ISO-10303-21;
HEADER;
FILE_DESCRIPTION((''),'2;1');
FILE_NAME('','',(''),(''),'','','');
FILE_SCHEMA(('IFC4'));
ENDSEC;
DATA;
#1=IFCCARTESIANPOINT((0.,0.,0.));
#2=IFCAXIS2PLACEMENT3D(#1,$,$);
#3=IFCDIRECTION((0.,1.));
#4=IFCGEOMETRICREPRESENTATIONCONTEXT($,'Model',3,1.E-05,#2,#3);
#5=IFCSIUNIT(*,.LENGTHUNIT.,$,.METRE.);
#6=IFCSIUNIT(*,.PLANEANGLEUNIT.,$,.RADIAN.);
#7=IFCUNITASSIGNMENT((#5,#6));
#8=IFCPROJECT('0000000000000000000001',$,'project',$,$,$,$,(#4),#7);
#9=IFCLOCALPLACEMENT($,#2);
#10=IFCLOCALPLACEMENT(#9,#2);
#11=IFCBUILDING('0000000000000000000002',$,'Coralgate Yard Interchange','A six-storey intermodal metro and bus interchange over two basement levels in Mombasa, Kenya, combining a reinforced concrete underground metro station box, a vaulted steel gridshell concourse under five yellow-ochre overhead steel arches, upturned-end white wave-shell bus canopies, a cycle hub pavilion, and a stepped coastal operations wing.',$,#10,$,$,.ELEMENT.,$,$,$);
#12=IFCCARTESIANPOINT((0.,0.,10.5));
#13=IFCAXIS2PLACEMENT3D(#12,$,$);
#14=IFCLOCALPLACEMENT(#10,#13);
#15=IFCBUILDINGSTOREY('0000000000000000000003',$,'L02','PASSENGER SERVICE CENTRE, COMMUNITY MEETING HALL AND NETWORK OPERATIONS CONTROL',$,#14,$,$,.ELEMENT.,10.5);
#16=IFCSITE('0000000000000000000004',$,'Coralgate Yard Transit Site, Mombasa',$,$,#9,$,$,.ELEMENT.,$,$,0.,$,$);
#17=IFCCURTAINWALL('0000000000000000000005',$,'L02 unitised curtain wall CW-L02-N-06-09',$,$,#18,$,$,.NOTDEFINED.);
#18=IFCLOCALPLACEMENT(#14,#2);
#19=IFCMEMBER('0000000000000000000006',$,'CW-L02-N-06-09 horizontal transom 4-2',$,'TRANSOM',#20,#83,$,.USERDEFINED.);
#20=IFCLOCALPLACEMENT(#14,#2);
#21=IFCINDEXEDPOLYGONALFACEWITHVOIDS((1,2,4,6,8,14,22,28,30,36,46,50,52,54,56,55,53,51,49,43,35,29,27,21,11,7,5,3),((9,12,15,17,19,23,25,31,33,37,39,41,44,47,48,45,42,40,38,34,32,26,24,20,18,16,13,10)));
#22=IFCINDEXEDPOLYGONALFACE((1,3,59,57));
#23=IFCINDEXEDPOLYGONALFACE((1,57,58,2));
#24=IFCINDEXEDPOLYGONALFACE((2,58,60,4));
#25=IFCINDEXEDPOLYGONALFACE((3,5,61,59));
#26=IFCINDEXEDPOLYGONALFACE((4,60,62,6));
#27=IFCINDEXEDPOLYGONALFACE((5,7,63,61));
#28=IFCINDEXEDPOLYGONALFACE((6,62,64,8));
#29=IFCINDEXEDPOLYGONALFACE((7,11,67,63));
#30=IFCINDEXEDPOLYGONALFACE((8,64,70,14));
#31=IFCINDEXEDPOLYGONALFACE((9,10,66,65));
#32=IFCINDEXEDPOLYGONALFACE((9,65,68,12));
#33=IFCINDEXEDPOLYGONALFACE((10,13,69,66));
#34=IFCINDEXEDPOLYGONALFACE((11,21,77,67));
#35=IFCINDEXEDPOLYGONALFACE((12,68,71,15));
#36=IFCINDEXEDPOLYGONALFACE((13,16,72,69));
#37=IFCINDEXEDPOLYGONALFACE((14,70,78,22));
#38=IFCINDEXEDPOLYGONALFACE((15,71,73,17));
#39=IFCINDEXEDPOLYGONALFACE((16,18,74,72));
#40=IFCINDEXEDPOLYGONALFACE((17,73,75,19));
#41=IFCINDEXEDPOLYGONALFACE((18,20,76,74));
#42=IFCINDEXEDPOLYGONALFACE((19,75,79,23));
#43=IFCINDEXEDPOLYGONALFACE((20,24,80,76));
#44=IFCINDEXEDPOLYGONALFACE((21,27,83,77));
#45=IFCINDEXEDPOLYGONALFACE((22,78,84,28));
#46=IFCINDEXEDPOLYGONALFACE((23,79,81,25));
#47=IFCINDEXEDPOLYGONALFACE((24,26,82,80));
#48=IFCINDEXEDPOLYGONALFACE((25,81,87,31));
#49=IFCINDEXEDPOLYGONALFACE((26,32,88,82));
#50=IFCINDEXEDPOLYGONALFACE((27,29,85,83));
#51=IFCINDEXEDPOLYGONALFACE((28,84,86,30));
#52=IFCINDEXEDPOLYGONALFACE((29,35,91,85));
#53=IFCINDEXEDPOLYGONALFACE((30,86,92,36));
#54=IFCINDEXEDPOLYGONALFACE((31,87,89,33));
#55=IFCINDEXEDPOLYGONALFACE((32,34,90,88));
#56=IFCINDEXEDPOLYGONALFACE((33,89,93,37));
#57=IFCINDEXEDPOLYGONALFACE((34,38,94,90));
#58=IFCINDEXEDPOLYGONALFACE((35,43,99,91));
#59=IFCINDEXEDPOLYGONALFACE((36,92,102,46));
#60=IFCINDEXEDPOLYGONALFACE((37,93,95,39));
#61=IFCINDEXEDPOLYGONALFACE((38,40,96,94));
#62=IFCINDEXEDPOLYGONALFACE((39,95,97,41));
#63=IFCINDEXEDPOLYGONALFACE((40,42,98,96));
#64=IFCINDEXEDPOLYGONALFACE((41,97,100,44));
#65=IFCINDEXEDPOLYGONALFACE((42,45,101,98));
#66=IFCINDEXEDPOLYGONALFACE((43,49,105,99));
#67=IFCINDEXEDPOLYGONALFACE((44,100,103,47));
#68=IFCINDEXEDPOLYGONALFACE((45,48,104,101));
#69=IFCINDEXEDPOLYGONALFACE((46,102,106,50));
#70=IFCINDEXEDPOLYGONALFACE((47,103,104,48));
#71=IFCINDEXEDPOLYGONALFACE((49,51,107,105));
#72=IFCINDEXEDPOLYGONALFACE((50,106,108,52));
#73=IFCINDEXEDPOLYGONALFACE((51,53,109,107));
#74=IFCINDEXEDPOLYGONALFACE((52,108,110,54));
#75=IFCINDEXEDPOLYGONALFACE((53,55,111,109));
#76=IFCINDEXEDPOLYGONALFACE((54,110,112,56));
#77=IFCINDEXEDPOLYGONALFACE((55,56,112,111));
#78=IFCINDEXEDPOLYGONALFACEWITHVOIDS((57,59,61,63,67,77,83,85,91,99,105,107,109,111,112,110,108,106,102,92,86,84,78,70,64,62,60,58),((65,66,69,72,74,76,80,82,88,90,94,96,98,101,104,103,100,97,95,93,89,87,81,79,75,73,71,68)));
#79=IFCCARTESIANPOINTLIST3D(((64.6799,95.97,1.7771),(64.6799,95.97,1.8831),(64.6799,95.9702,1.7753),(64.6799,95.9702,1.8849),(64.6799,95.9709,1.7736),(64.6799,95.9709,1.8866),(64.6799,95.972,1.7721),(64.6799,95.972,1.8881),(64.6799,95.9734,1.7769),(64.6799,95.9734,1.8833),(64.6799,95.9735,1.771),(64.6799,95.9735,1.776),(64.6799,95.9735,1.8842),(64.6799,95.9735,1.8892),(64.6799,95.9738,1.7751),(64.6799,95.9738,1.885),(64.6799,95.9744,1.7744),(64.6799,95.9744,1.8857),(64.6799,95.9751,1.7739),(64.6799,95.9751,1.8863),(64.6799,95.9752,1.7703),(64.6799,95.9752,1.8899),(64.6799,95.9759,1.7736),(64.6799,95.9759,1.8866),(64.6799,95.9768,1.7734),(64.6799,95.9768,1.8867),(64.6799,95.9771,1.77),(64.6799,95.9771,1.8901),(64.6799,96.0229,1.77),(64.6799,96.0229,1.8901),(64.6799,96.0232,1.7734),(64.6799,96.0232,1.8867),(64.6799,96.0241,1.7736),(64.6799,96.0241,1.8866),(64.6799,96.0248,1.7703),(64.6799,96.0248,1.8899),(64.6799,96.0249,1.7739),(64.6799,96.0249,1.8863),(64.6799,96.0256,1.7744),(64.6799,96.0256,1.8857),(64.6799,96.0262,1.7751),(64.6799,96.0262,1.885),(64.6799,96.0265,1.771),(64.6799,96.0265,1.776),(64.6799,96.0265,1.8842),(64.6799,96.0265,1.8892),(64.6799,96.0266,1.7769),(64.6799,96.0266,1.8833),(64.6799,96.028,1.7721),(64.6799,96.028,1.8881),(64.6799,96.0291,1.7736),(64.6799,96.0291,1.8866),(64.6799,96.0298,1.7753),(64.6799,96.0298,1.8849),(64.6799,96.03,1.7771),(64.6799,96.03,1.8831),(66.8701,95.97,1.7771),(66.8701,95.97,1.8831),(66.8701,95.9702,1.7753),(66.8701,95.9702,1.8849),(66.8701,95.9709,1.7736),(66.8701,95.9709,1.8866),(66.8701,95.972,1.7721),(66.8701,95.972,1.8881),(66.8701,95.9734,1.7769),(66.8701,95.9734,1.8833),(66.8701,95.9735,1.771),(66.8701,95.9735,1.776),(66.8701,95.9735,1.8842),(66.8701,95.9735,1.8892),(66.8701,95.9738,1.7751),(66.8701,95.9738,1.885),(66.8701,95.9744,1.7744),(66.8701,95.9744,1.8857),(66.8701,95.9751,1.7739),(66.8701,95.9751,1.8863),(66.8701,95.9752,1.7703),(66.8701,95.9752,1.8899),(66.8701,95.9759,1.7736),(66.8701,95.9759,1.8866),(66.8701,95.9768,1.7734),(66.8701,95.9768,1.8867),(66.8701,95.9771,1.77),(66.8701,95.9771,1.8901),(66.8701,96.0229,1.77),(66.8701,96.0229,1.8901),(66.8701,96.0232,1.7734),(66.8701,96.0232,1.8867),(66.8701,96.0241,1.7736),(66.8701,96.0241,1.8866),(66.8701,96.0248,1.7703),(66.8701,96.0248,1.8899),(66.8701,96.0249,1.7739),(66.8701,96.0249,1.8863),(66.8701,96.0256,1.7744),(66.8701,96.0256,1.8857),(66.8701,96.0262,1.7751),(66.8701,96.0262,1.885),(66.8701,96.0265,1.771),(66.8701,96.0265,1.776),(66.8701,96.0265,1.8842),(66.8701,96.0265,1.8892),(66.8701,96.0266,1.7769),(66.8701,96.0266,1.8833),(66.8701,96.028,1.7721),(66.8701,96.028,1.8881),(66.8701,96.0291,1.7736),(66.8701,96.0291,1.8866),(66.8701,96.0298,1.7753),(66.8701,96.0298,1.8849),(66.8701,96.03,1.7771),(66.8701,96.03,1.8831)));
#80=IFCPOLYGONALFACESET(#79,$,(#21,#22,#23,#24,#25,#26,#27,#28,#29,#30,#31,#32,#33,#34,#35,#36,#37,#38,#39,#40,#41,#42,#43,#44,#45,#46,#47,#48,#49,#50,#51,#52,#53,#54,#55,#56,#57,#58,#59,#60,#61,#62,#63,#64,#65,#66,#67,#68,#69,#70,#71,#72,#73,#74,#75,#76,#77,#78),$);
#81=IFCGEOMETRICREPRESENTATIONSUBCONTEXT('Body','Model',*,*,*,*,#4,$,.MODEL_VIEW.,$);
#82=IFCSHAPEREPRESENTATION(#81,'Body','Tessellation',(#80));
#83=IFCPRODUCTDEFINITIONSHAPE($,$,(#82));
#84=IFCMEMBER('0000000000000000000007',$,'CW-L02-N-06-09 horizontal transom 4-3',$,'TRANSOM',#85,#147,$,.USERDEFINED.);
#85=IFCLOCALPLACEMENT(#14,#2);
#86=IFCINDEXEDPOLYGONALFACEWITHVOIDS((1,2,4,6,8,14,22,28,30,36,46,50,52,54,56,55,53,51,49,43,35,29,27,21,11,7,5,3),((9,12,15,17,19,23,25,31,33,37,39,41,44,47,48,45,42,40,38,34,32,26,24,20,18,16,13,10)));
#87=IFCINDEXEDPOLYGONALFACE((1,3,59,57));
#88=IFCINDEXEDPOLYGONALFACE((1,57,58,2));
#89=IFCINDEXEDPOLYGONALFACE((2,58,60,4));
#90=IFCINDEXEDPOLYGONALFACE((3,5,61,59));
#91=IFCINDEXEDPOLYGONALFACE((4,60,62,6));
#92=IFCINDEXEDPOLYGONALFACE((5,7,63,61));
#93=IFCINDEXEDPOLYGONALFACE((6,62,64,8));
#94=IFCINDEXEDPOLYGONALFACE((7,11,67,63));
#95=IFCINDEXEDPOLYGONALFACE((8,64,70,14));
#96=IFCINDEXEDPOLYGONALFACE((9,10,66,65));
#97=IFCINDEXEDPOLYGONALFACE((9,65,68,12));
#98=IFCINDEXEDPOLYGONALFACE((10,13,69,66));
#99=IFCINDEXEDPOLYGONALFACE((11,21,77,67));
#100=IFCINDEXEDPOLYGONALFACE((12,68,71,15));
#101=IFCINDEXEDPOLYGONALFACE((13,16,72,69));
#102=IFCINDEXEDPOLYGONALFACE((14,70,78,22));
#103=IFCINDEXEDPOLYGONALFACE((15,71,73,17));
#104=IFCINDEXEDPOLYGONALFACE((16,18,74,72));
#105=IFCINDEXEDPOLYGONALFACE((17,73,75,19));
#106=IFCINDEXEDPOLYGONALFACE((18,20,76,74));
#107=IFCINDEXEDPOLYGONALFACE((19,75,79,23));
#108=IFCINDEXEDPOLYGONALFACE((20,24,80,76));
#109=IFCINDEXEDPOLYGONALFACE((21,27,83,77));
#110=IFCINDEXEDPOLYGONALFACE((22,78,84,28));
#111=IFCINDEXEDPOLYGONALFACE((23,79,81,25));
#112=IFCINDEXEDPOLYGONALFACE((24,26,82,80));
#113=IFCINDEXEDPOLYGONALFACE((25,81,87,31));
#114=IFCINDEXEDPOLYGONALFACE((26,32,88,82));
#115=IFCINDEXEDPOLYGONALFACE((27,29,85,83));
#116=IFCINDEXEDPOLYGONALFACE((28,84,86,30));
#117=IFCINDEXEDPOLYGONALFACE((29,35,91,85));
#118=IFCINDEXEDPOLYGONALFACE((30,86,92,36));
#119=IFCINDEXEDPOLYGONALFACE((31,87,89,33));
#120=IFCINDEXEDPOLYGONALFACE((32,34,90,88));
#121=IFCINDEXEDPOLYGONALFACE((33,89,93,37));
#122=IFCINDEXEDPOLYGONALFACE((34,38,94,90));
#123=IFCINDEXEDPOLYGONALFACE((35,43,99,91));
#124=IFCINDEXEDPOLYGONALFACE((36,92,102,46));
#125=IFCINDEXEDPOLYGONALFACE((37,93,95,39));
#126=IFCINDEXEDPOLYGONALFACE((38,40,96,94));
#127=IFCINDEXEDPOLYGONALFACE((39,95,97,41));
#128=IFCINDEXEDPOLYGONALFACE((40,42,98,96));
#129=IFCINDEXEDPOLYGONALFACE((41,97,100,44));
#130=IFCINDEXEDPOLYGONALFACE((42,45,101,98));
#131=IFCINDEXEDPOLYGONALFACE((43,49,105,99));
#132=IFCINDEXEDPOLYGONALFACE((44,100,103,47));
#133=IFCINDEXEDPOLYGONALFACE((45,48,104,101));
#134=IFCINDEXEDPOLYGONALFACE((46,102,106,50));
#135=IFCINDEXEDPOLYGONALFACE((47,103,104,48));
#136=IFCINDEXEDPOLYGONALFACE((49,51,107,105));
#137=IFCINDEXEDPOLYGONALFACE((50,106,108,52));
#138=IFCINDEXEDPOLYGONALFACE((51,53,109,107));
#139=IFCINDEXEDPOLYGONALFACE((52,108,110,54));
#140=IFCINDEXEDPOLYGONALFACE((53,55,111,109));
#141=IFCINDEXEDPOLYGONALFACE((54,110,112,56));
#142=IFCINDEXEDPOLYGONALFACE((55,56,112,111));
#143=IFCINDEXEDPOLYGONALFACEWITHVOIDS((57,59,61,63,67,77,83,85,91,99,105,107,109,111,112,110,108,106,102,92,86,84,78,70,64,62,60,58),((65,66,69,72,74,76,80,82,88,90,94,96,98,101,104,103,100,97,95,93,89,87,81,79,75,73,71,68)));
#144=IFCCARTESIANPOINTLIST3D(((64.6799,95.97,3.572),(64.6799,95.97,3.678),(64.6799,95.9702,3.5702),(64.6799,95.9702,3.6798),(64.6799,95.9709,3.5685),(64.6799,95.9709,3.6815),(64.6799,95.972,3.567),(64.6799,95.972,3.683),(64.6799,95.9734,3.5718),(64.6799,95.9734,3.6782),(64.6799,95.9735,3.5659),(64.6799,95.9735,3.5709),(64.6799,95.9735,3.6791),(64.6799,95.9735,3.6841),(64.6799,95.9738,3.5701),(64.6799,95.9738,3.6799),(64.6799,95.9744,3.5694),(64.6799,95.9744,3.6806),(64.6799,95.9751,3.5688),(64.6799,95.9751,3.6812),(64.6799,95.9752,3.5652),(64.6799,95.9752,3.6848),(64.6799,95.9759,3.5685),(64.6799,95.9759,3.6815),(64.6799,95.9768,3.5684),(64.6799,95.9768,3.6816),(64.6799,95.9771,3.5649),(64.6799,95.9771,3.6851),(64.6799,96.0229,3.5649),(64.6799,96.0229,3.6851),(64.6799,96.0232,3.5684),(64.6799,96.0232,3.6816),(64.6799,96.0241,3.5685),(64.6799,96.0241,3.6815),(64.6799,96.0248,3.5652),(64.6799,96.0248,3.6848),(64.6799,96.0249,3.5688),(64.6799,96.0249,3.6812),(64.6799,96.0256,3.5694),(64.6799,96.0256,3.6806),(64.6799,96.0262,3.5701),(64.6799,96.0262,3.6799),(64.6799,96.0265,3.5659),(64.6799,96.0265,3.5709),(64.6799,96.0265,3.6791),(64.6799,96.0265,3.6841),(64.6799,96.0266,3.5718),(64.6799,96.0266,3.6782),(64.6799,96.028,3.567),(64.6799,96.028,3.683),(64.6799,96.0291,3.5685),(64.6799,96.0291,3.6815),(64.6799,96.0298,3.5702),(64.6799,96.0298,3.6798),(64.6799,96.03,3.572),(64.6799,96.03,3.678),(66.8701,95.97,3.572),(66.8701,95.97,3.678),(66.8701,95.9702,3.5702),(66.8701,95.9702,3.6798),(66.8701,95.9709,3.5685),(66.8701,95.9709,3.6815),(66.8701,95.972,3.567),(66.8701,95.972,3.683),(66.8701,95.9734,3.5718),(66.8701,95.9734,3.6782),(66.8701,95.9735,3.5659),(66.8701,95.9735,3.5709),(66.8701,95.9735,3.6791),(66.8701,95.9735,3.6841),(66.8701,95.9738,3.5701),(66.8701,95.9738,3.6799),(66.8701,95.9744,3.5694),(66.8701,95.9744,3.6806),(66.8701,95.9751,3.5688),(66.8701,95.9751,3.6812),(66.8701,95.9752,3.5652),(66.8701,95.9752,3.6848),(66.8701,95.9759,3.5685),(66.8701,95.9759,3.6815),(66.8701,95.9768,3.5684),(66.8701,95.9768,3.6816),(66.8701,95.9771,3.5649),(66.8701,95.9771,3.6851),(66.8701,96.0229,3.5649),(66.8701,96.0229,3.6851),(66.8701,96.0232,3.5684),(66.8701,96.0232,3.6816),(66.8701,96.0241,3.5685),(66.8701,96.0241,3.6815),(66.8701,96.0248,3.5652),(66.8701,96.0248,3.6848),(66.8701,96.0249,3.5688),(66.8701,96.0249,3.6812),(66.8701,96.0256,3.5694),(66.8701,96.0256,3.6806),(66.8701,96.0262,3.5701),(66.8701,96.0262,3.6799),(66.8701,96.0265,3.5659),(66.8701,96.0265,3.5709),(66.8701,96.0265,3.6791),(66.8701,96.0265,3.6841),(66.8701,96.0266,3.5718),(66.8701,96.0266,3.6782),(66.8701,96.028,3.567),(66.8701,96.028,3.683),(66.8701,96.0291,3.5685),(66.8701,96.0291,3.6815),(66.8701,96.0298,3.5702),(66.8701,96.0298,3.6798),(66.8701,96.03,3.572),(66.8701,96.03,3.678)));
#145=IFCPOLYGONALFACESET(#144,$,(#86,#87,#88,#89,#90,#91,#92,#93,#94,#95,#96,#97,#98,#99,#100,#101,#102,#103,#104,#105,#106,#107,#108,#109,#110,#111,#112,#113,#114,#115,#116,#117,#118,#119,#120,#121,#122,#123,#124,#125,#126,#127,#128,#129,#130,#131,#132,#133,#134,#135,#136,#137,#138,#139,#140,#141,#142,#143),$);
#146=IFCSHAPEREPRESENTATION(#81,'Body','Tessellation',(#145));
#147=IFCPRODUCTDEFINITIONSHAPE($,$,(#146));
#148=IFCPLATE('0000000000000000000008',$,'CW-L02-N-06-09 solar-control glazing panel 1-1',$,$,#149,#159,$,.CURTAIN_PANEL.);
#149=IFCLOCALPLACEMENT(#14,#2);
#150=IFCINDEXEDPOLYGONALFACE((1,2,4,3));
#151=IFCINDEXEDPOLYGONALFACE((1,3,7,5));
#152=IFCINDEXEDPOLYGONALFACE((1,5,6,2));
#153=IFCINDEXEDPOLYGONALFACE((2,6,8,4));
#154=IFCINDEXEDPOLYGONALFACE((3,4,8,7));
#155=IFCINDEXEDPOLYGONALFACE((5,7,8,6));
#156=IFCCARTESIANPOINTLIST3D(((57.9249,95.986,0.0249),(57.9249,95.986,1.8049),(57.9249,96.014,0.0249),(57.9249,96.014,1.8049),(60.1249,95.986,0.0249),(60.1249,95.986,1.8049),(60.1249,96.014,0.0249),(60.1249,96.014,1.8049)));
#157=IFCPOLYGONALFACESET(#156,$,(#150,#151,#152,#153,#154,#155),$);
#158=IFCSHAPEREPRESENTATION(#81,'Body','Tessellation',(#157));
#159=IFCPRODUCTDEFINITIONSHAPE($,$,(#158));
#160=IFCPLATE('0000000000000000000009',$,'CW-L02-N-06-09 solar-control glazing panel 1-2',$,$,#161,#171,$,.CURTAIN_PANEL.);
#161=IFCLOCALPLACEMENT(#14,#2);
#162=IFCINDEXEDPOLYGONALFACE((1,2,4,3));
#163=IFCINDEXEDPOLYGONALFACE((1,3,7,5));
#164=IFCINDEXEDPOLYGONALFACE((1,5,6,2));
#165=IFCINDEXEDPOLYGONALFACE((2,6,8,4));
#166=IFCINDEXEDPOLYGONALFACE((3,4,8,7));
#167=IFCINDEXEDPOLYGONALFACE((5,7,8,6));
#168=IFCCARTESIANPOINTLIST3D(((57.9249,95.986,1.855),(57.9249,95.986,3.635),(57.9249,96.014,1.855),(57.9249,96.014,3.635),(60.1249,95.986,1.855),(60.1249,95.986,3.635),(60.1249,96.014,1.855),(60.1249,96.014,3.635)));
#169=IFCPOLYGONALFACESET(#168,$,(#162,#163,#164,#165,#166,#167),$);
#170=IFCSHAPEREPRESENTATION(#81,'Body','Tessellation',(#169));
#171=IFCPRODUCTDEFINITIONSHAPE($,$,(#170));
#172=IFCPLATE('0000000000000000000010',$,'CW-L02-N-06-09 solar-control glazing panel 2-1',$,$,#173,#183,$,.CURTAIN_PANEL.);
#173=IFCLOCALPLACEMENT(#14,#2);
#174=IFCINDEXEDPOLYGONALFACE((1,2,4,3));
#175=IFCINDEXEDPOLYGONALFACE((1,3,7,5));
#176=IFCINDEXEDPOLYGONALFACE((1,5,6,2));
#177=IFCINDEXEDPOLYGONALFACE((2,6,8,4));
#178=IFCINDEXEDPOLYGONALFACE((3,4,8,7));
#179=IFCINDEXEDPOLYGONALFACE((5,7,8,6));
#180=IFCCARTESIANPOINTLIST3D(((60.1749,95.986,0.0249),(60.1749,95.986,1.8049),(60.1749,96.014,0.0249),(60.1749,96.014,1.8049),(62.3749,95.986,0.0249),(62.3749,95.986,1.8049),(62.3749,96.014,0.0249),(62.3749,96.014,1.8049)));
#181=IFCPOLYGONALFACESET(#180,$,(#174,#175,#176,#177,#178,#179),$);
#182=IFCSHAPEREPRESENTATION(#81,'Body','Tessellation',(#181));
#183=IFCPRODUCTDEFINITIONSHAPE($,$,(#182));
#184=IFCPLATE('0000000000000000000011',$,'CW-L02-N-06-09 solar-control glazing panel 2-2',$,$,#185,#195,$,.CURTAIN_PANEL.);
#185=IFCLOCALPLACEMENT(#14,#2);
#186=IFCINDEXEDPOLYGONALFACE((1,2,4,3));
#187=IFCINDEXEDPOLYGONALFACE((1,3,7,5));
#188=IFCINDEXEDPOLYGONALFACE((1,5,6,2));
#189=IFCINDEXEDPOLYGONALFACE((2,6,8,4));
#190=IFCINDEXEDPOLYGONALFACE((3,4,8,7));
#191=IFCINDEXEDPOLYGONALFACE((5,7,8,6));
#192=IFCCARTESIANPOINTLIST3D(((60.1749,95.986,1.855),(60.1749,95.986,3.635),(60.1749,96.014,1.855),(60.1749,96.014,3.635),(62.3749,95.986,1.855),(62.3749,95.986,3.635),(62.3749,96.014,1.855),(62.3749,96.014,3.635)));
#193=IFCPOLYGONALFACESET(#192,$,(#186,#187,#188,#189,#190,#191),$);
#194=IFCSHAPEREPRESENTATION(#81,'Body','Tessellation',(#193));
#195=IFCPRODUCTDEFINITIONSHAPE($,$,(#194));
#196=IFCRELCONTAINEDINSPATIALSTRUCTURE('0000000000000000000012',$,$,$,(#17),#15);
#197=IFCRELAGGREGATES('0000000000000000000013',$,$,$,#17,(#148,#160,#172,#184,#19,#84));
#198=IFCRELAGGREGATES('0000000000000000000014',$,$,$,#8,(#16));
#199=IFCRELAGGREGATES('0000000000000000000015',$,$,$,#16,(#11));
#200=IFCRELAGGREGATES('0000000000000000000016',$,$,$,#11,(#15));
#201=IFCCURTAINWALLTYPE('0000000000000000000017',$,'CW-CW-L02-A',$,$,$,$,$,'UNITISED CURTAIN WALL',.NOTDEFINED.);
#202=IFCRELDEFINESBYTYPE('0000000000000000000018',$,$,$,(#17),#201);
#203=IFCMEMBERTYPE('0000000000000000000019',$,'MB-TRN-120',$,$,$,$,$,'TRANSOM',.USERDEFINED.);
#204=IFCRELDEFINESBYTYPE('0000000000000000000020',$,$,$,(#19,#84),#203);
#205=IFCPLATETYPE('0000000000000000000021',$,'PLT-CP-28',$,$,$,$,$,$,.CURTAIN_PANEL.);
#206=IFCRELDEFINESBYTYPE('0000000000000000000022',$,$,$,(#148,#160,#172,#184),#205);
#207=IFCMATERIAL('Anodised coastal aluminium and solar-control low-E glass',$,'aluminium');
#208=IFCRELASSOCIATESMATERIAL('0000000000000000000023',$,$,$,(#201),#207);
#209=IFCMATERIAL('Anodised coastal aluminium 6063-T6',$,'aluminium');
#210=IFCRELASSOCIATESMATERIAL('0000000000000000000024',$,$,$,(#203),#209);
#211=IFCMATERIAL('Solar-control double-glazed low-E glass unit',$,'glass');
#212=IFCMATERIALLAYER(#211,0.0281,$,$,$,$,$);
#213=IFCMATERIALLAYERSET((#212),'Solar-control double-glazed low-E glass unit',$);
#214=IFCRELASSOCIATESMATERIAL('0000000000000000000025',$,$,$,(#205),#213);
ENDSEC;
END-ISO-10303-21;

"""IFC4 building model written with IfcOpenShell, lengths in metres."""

from ifc_helpers import new_model, si_unit, direction, frame, origin, origin_2d, place, context, subcontext, project, spatial, rectangle, hollow_rectangle, extrude, material, layer, layer_set, material_profile, profile_set, type_object, element, aggregate, save


model = new_model("IFC4")

# Units and contexts
model_context = context("Model", 3, precision=1e-05, world=origin(), true_north=direction((0.0, 1.0)))
body_context = subcontext(model_context, "Body", "Model", "MODEL_VIEW")
ifc_project = project(units=[si_unit("LENGTHUNIT", "METRE"), si_unit("PLANEANGLEUNIT", "RADIAN")], contexts=[model_context])

# Site, building, storey
site_placement = place(None, origin())
site = spatial("IfcSite", under=ifc_project, at=site_placement, Name="Coralgate Yard Transit Site, Mombasa", CompositionType="ELEMENT", RefElevation=0.0)
building_placement = place(site_placement, origin())
building = spatial("IfcBuilding", under=site, at=building_placement, Name="Coralgate Yard Interchange", Description="A six-storey intermodal metro and bus interchange over two basement levels in Mombasa, Kenya, combining a reinforced concrete underground metro station box, a vaulted steel gridshell concourse under five yellow-ochre overhead steel arches, upturned-end white wave-shell bus canopies, a cycle hub pavilion, and a stepped coastal operations wing.", CompositionType="ELEMENT")
storey_placement = place(building_placement, frame((0.0, 0.0, 10.5)))
storey = spatial("IfcBuildingStorey", under=building, at=storey_placement, Name="L02", Description="PASSENGER SERVICE CENTRE, COMMUNITY MEETING HALL AND NETWORK OPERATIONS CONTROL", CompositionType="ELEMENT", Elevation=10.5)

# Curtain wall, members, plates
ifc_material_1 = material(Name="Anodised coastal aluminium and solar-control low-E glass", Category="aluminium")
curtain_wall_type = type_object("IfcCurtainWallType", Name="CW-CW-L02-A", ElementType="UNITISED CURTAIN WALL", PredefinedType="NOTDEFINED", material=ifc_material_1)
curtain_wall_placement = place(storey_placement, origin())
curtain_wall = element("IfcCurtainWall", 1, at=curtain_wall_placement, inside=storey, type_object=curtain_wall_type, Name="L02 unitised curtain wall CW-L02-N-06-09", PredefinedType="NOTDEFINED")
ifc_material_2 = material(Name="Anodised coastal aluminium 6063-T6", Category="aluminium")
ifc_material_profile_1 = material_profile(ifc_material_2, hollow_rectangle(XDim=0.0601, YDim=0.1201, WallThickness=0.0034, InnerFilletRadius=0.0034, OuterFilletRadius=0.0071, at=origin_2d()), Name="ALU 60x120x3.5")
ifc_profile_set_1 = profile_set([ifc_material_profile_1], Name="Anodised coastal aluminium 6063-T6")
member_type_1 = type_object("IfcMemberType", Name="MB-TRN-120", ElementType="TRANSOM", PredefinedType="USERDEFINED", material=ifc_profile_set_1)
member_1_placement = place(storey_placement, frame((64.6799, 96.0, 1.8301), z_axis=(1.0, 0.0, 0.0), x_axis=(0.0, 1.0, 0.0)))
member_1 = element("IfcMember", 2, at=member_1_placement, type_object=member_type_1, Name="CW-L02-N-06-09 horizontal transom 4-2", ObjectType="TRANSOM", PredefinedType="USERDEFINED", context=body_context, shape_type="SweptSolid", body=[
    extrude(hollow_rectangle(XDim=0.0601, YDim=0.1201, WallThickness=0.0034, InnerFilletRadius=0.0034, OuterFilletRadius=0.0071, at=origin_2d()), origin(), (0.0, 0.0, 1.0), 2.1902),
])
member_2_placement = place(storey_placement, frame((64.6799, 96.0, 3.625), z_axis=(1.0, 0.0, 0.0), x_axis=(0.0, 1.0, 0.0)))
member_2 = element("IfcMember", 3, at=member_2_placement, type_object=member_type_1, Name="CW-L02-N-06-09 horizontal transom 4-3", ObjectType="TRANSOM", PredefinedType="USERDEFINED", context=body_context, shape_type="SweptSolid", body=[
    extrude(hollow_rectangle(XDim=0.0601, YDim=0.1201, WallThickness=0.0034, InnerFilletRadius=0.0034, OuterFilletRadius=0.0071, at=origin_2d()), origin(), (0.0, 0.0, 1.0), 2.1902),
])
ifc_material_3 = material(Name="Solar-control double-glazed low-E glass unit", Category="glass")
ifc_layer_1 = layer(ifc_material_3, 0.0281)
ifc_layer_set_1 = layer_set([ifc_layer_1], Name="Solar-control double-glazed low-E glass unit")
plate_type = type_object("IfcPlateType", Name="PLT-CP-28", PredefinedType="CURTAIN_PANEL", material=ifc_layer_set_1)
plate_1_placement = place(storey_placement, frame((59.0249, 96.0, 0.0249), z_axis=(0.0, 0.0, 1.0), x_axis=(1.0, 0.0, 0.0)))
plate_1 = element("IfcPlate", 4, at=plate_1_placement, type_object=plate_type, Name="CW-L02-N-06-09 solar-control glazing panel 1-1", PredefinedType="CURTAIN_PANEL", context=body_context, shape_type="SweptSolid", body=[
    extrude(rectangle(XDim=2.2, YDim=0.0281, at=origin_2d()), origin(), (0.0, 0.0, 1.0), 1.78),
])
plate_2_placement = place(storey_placement, frame((59.0249, 96.0, 1.855), z_axis=(0.0, 0.0, 1.0), x_axis=(1.0, 0.0, 0.0)))
plate_2 = element("IfcPlate", 5, at=plate_2_placement, type_object=plate_type, Name="CW-L02-N-06-09 solar-control glazing panel 1-2", PredefinedType="CURTAIN_PANEL", context=body_context, shape_type="SweptSolid", body=[
    extrude(rectangle(XDim=2.2, YDim=0.0281, at=origin_2d()), origin(), (0.0, 0.0, 1.0), 1.78),
])
plate_3_placement = place(storey_placement, frame((61.2749, 96.0, 0.0249), z_axis=(0.0, 0.0, 1.0), x_axis=(1.0, 0.0, 0.0)))
plate_3 = element("IfcPlate", 6, at=plate_3_placement, type_object=plate_type, Name="CW-L02-N-06-09 solar-control glazing panel 2-1", PredefinedType="CURTAIN_PANEL", context=body_context, shape_type="SweptSolid", body=[
    extrude(rectangle(XDim=2.2, YDim=0.0281, at=origin_2d()), origin(), (0.0, 0.0, 1.0), 1.78),
])
plate_4_placement = place(storey_placement, frame((61.2749, 96.0, 1.855), z_axis=(0.0, 0.0, 1.0), x_axis=(1.0, 0.0, 0.0)))
plate_4 = element("IfcPlate", 7, at=plate_4_placement, type_object=plate_type, Name="CW-L02-N-06-09 solar-control glazing panel 2-2", PredefinedType="CURTAIN_PANEL", context=body_context, shape_type="SweptSolid", body=[
    extrude(rectangle(XDim=2.2, YDim=0.0281, at=origin_2d()), origin(), (0.0, 0.0, 1.0), 1.78),
])
aggregate(curtain_wall, [plate_1, plate_2, plate_3, plate_4, member_1, member_2])

save(model, "model.ifc")
